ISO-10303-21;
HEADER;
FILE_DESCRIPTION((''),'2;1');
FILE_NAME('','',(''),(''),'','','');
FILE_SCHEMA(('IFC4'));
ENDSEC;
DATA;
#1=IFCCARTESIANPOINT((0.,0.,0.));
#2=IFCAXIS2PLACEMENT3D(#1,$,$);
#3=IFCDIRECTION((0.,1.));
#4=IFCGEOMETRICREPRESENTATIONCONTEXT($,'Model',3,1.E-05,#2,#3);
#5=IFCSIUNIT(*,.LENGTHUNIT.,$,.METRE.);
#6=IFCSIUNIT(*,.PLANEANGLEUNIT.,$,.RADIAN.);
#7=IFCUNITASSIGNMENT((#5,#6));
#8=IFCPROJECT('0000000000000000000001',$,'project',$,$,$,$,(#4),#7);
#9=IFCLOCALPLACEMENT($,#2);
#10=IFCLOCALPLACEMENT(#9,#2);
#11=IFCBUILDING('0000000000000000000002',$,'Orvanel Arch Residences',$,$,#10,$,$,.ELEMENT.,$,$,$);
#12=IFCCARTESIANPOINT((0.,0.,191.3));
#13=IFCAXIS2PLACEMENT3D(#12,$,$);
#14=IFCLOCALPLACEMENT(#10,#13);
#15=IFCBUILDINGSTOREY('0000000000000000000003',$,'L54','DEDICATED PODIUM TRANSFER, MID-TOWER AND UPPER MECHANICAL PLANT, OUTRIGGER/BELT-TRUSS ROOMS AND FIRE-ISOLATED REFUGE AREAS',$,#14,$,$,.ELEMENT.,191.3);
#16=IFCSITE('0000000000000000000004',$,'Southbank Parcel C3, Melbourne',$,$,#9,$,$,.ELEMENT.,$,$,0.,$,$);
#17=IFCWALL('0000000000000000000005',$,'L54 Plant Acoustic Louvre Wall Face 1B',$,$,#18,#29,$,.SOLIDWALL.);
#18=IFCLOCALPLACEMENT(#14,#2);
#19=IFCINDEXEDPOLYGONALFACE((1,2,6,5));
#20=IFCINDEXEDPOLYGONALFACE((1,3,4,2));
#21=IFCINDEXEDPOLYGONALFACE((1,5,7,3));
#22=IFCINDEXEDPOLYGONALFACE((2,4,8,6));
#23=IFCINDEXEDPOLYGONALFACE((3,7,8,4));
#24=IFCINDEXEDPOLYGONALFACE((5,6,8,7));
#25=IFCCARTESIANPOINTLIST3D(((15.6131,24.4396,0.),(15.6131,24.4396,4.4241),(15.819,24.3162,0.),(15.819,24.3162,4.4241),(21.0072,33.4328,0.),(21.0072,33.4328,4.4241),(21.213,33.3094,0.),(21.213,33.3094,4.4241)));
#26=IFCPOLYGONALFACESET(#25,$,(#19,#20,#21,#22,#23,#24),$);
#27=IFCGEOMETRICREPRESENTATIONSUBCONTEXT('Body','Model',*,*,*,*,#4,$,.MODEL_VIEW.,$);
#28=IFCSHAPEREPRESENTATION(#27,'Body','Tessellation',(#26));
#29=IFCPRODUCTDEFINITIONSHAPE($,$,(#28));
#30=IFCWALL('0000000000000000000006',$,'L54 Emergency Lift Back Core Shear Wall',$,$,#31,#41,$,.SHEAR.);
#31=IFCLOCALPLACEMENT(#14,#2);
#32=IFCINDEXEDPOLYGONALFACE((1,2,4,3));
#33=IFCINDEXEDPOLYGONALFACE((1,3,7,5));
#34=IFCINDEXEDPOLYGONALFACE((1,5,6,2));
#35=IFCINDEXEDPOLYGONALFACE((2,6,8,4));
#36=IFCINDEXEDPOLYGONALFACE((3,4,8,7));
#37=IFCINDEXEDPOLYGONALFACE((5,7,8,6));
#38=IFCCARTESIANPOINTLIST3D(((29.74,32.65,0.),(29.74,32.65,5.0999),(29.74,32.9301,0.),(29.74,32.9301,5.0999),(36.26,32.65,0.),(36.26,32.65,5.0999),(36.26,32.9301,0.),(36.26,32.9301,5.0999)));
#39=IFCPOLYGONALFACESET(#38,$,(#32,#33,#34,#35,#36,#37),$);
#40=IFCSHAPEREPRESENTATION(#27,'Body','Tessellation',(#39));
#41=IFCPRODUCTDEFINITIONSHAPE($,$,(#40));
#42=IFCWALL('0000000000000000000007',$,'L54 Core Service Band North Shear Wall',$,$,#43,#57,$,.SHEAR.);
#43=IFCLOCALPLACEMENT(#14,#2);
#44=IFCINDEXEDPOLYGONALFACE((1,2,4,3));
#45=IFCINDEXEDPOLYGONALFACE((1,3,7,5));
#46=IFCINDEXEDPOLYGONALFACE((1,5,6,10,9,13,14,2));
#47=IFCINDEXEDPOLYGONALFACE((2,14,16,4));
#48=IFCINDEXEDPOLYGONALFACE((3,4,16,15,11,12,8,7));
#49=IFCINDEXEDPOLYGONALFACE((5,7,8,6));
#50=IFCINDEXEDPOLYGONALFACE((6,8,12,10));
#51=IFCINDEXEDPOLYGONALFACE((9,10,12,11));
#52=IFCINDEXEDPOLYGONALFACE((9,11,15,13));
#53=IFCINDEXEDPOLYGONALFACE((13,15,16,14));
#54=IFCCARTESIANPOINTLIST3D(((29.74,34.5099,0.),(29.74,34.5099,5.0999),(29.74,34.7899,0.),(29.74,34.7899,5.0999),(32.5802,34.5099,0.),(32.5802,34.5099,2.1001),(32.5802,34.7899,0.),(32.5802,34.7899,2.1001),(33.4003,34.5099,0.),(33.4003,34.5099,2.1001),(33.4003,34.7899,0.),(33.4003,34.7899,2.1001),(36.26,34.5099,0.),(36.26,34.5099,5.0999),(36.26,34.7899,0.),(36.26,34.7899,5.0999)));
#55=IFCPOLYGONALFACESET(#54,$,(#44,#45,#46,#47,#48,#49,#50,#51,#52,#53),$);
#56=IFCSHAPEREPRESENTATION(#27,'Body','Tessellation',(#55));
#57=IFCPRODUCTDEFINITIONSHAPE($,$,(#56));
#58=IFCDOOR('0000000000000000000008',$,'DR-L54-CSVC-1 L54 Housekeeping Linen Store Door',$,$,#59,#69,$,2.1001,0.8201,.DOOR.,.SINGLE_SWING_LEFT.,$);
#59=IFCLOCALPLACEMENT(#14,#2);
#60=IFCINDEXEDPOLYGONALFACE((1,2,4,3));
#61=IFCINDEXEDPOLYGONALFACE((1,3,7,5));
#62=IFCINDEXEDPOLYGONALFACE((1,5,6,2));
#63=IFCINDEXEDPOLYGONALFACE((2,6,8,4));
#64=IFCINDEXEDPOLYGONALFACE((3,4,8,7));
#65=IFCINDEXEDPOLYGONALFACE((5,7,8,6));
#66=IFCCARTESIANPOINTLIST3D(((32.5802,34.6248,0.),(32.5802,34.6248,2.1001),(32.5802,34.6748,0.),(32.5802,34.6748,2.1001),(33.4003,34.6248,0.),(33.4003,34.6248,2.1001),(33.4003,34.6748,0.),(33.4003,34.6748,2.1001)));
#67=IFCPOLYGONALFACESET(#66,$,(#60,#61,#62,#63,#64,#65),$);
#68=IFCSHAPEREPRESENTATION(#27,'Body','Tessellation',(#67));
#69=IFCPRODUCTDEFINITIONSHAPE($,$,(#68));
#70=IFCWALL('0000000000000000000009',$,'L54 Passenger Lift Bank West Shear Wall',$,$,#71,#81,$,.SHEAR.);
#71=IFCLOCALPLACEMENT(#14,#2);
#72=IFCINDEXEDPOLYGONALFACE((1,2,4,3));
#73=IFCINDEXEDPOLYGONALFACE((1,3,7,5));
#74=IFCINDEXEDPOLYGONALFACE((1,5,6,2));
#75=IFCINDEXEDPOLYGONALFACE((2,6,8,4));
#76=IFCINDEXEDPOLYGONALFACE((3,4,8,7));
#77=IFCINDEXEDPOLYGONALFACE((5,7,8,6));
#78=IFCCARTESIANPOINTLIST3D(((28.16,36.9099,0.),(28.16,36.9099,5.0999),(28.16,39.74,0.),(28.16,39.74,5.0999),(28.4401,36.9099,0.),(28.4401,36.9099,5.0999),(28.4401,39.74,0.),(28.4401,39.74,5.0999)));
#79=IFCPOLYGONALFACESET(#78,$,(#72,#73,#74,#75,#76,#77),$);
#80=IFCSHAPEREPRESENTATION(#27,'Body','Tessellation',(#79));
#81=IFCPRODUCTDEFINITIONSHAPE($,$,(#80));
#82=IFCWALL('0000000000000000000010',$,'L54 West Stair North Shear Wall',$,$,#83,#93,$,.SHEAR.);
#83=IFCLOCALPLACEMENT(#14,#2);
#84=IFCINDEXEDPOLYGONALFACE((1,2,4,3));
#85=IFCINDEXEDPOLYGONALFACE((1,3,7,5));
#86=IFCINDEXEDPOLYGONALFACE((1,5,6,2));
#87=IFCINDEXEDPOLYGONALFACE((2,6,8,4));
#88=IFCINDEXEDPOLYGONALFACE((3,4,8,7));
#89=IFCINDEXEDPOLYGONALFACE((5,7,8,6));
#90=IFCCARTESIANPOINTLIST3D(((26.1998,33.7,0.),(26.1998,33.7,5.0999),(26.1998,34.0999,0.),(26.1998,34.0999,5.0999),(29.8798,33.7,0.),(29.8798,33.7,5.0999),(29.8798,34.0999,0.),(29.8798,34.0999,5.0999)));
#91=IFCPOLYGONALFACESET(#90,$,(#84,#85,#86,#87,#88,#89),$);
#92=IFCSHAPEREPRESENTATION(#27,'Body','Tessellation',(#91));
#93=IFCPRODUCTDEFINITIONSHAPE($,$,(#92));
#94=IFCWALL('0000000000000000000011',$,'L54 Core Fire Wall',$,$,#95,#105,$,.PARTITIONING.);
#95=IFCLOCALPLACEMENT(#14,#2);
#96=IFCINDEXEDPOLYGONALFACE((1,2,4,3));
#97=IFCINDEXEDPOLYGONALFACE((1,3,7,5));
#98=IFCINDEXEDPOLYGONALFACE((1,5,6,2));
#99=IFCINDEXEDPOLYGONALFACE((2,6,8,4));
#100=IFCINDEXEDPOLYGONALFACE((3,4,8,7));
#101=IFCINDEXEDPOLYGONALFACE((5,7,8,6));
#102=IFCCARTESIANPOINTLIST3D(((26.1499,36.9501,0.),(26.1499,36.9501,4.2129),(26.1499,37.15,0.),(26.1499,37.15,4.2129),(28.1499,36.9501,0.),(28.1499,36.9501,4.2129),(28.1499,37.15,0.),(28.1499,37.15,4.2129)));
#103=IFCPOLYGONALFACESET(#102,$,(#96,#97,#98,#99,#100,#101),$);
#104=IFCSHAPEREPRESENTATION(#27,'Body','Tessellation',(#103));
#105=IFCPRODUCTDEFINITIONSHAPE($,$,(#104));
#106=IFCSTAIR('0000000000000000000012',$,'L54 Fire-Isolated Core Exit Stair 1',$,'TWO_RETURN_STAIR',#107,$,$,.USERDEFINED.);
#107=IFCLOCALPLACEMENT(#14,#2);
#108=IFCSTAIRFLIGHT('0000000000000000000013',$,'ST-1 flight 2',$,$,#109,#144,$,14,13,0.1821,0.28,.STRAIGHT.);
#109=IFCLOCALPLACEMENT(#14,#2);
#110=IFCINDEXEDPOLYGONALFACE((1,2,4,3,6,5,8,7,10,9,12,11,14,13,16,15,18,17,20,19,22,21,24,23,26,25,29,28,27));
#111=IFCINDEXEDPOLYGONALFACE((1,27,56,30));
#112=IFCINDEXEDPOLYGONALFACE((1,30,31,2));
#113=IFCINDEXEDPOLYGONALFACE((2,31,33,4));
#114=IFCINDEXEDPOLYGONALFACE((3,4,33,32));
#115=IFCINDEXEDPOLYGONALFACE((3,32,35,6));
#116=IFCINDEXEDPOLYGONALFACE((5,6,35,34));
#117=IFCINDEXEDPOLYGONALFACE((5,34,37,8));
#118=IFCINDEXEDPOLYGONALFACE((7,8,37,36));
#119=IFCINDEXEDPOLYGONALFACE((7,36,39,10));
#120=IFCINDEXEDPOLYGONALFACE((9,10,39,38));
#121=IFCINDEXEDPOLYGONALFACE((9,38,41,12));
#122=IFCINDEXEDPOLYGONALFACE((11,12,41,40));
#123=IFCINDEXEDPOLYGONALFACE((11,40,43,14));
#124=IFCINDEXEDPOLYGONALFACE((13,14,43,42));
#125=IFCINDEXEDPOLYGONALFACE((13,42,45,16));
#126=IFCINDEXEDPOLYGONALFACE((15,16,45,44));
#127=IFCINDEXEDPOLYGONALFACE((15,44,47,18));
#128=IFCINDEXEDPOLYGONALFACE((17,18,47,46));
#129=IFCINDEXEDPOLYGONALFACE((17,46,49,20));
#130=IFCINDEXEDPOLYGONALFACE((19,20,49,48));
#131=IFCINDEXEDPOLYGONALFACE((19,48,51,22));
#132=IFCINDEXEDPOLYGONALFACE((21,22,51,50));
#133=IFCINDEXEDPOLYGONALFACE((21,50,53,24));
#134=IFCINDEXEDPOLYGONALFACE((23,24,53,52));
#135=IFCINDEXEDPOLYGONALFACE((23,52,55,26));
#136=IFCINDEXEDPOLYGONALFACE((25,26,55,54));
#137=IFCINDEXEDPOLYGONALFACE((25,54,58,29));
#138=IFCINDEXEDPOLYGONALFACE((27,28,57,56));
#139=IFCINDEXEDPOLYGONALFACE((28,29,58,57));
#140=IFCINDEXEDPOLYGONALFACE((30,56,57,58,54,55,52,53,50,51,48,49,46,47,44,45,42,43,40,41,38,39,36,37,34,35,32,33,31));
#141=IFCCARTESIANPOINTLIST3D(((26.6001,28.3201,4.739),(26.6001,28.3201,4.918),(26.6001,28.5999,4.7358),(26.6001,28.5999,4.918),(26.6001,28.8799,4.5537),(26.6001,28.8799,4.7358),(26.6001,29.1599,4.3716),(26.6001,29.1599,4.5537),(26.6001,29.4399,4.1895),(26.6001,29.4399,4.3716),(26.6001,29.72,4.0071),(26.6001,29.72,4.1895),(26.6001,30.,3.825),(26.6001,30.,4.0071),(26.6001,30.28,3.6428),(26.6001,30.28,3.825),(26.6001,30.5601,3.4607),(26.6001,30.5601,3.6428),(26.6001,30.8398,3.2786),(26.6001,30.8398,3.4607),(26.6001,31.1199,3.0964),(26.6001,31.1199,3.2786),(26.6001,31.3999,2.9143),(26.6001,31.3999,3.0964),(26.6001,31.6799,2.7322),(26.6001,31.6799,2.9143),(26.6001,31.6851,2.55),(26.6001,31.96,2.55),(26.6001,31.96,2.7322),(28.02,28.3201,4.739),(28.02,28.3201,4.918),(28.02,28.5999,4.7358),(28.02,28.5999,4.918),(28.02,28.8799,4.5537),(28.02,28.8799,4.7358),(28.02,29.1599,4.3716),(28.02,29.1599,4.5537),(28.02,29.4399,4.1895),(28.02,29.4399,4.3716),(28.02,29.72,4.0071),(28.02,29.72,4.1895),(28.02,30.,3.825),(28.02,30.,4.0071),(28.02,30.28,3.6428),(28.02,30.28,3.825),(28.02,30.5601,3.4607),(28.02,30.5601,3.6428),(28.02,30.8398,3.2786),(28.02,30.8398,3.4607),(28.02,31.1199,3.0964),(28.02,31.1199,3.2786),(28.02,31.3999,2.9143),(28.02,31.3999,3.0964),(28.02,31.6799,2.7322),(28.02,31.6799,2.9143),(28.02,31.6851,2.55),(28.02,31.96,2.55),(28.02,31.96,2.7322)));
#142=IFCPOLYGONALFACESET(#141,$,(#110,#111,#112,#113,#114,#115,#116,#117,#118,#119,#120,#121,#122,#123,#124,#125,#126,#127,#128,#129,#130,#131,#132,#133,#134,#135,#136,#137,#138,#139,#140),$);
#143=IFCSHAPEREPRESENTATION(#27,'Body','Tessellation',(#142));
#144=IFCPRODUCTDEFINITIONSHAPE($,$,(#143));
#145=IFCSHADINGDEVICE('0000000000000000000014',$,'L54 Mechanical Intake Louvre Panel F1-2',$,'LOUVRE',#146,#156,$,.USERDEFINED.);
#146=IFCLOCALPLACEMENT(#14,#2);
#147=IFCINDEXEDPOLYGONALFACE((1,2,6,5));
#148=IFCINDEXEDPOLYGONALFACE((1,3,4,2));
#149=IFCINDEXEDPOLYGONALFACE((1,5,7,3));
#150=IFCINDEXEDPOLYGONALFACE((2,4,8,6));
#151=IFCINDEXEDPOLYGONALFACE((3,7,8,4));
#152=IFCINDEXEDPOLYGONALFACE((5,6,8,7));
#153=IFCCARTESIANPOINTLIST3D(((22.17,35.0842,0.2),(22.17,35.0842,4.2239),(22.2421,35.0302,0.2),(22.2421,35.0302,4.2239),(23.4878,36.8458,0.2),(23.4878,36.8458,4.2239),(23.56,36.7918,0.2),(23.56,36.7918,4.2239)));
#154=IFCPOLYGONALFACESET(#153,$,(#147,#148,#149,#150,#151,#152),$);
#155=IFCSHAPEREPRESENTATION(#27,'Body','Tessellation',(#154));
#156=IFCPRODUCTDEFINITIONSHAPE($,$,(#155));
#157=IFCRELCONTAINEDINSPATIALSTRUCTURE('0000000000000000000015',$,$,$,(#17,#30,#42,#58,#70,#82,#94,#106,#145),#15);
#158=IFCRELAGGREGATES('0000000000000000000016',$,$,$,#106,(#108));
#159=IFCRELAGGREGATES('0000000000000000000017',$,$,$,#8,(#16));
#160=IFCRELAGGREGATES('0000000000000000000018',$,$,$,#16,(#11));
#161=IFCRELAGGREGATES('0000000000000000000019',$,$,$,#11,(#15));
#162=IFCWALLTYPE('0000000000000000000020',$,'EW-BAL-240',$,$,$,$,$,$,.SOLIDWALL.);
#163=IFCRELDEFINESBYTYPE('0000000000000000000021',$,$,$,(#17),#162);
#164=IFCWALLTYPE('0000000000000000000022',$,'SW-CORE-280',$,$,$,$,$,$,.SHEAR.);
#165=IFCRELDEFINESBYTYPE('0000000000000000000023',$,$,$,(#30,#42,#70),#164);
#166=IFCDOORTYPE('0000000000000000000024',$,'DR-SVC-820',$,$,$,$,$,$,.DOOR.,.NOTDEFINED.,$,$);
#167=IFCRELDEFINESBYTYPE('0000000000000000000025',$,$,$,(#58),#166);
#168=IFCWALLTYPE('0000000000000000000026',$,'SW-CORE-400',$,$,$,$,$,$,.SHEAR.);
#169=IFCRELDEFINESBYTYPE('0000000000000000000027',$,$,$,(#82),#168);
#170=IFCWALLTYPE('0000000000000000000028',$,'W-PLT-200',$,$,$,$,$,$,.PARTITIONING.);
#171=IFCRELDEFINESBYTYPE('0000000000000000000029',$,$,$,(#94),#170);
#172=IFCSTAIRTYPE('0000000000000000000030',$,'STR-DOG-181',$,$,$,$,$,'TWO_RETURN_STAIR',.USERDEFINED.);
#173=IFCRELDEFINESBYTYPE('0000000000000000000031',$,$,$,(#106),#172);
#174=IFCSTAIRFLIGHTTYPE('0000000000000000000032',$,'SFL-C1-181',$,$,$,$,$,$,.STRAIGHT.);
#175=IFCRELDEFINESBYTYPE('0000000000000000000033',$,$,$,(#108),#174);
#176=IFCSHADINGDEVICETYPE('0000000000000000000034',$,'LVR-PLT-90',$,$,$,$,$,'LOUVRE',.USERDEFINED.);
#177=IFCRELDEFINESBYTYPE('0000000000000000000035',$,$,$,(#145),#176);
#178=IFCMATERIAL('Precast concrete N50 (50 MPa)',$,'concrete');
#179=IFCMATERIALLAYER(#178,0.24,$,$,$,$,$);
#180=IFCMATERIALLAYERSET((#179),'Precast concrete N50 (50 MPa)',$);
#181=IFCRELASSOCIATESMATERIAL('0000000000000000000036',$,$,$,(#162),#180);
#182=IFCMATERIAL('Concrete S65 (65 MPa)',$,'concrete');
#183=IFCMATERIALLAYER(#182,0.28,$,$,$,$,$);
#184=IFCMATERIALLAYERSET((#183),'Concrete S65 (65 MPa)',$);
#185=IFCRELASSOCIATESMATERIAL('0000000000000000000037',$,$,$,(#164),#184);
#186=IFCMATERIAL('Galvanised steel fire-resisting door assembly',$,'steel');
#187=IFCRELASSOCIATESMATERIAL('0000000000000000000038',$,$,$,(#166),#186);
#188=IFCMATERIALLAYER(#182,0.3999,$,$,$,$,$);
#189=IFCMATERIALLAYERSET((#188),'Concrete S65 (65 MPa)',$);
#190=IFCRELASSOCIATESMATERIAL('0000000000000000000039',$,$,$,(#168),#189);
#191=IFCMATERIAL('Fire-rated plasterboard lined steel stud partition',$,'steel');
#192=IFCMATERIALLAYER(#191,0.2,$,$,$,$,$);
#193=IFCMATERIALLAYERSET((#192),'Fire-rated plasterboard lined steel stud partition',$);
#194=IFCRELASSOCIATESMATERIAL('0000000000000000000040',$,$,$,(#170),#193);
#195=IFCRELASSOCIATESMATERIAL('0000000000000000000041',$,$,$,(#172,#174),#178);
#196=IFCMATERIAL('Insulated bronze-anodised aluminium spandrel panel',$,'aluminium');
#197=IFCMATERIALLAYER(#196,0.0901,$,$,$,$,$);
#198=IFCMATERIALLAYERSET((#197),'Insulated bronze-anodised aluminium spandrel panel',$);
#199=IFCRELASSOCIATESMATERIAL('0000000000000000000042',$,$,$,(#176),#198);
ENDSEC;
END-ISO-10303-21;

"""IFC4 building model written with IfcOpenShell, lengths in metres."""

from ifc_helpers import new_model, si_unit, direction, frame, frame_2d, origin, origin_2d, place, context, subcontext, project, spatial, polyline, rectangle, outline, extrude, material, layer, layer_set, type_object, element, fill, aggregate, save


model = new_model("IFC4")

# Units and contexts
model_context = context("Model", 3, precision=1e-05, world=origin(), true_north=direction((0.0, 1.0)))
body_context = subcontext(model_context, "Body", "Model", "MODEL_VIEW")
ifc_project = project(units=[si_unit("LENGTHUNIT", "METRE"), si_unit("PLANEANGLEUNIT", "RADIAN")], contexts=[model_context])

# Site, building, storey
site_placement = place(None, origin())
site = spatial("IfcSite", under=ifc_project, at=site_placement, Name="Southbank Parcel C3, Melbourne", CompositionType="ELEMENT", RefElevation=0.0)
building_placement = place(site_placement, origin())
building = spatial("IfcBuilding", under=site, at=building_placement, Name="Orvanel Arch Residences", CompositionType="ELEMENT")
storey_placement = place(building_placement, frame((0.0, 0.0, 191.3)))
storey = spatial("IfcBuildingStorey", under=building, at=storey_placement, Name="L54", Description="DEDICATED PODIUM TRANSFER, MID-TOWER AND UPPER MECHANICAL PLANT, OUTRIGGER/BELT-TRUSS ROOMS AND FIRE-ISOLATED REFUGE AREAS", CompositionType="ELEMENT", Elevation=191.3)

# Shared definitions
ifc_material_1 = material(Name="Concrete S65 (65 MPa)", Category="concrete")

# Walls
ifc_material_2 = material(Name="Precast concrete N50 (50 MPa)", Category="concrete")
ifc_layer_1 = layer(ifc_material_2, 0.24)
ifc_layer_set_1 = layer_set([ifc_layer_1], Name="Precast concrete N50 (50 MPa)")
wall_type_1 = type_object("IfcWallType", Name="EW-BAL-240", PredefinedType="SOLIDWALL", material=ifc_layer_set_1)
wall_1_placement = place(storey_placement, frame((21.1101, 33.3711, 0.0), z_axis=(0.0, 0.0, 1.0), x_axis=(-0.514366, -0.857571, 0.0)))
element("IfcWall", 1, at=wall_1_placement, inside=storey, type_object=wall_type_1, Name="L54 Plant Acoustic Louvre Wall Face 1B", PredefinedType="SOLIDWALL", context=body_context, shape_type="SweptSolid", body=[
    extrude(rectangle(XDim=10.4868, YDim=0.24, at=frame_2d((5.2434, 0.0))), origin(), (0.0, 0.0, 1.0), 4.4241),
])
ifc_layer_2 = layer(ifc_material_1, 0.28)
ifc_layer_set_2 = layer_set([ifc_layer_2], Name="Concrete S65 (65 MPa)")
wall_type_2 = type_object("IfcWallType", Name="SW-CORE-280", PredefinedType="SHEAR", material=ifc_layer_set_2)
wall_2_placement = place(storey_placement, frame((29.74, 32.79, 0.0), z_axis=(0.0, 0.0, 1.0), x_axis=(1.0, 0.0, 0.0)))
element("IfcWall", 2, at=wall_2_placement, inside=storey, type_object=wall_type_2, Name="L54 Emergency Lift Back Core Shear Wall", PredefinedType="SHEAR", context=body_context, shape_type="SweptSolid", body=[
    extrude(rectangle(XDim=6.52, YDim=0.28, at=frame_2d((3.26, 0.0))), origin(), (0.0, 0.0, 1.0), 5.0999),
])

# Wall, opening, door
wall_3_placement = place(storey_placement, frame((29.74, 34.6499, 0.0), z_axis=(0.0, 0.0, 1.0), x_axis=(1.0, 0.0, 0.0)))
wall_3 = element("IfcWall", 3, at=wall_3_placement, inside=storey, type_object=wall_type_2, Name="L54 Core Service Band North Shear Wall", PredefinedType="SHEAR", context=body_context, shape_type="SweptSolid", body=[
    extrude(rectangle(XDim=6.52, YDim=0.28, at=frame_2d((3.26, 0.0))), origin(), (0.0, 0.0, 1.0), 5.0999),
])
opening_1_placement = place(wall_3_placement, frame((2.8401, 0.0, 0.0)))
opening_1 = element("IfcOpeningElement", 4, at=opening_1_placement, cuts=wall_3, PredefinedType="OPENING", context=body_context, shape_type="SweptSolid", body=[
    extrude(rectangle(XDim=0.8201, YDim=2.1001, at=frame_2d((0.4102, 1.05))), frame((0.0, 0.1499, 0.0), z_axis=(0.0, -1.0, 0.0), x_axis=(1.0, 0.0, 0.0)), (0.0, 0.0, 1.0), 0.3),
])
ifc_material_3 = material(Name="Galvanised steel fire-resisting door assembly", Category="steel")
door_type_1 = type_object("IfcDoorType", Name="DR-SVC-820", OperationType="NOTDEFINED", PredefinedType="DOOR", material=ifc_material_3)
door_1_placement = place(opening_1_placement, origin())
door_1 = element("IfcDoor", 5, at=door_1_placement, inside=storey, type_object=door_type_1, Name="DR-L54-CSVC-1 L54 Housekeeping Linen Store Door", OperationType="SINGLE_SWING_LEFT", OverallHeight=2.1001, OverallWidth=0.8201, PredefinedType="DOOR", context=body_context, shape_type="SweptSolid", body=[
    extrude(rectangle(XDim=0.8201, YDim=2.1001, at=frame_2d((0.4102, 1.05))), frame((0.0, 0.0249, 0.0), z_axis=(0.0, -1.0, 0.0), x_axis=(1.0, 0.0, 0.0)), (0.0, 0.0, 1.0), 0.05),
])
fill(opening_1, door_1)

# Walls
wall_4_placement = place(storey_placement, frame((28.3, 36.9099, 0.0), z_axis=(0.0, 0.0, 1.0), x_axis=(0.0, 1.0, 0.0)))
element("IfcWall", 6, at=wall_4_placement, inside=storey, type_object=wall_type_2, Name="L54 Passenger Lift Bank West Shear Wall", PredefinedType="SHEAR", context=body_context, shape_type="SweptSolid", body=[
    extrude(rectangle(XDim=2.8301, YDim=0.28, at=frame_2d((1.415, 0.0))), origin(), (0.0, 0.0, 1.0), 5.0999),
])
ifc_layer_3 = layer(ifc_material_1, 0.3999)
ifc_layer_set_3 = layer_set([ifc_layer_3], Name="Concrete S65 (65 MPa)")
wall_type_3 = type_object("IfcWallType", Name="SW-CORE-400", PredefinedType="SHEAR", material=ifc_layer_set_3)
wall_5_placement = place(storey_placement, frame((26.2, 33.8999, 0.0), z_axis=(0.0, 0.0, 1.0), x_axis=(1.0, 0.0, 0.0)))
element("IfcWall", 7, at=wall_5_placement, inside=storey, type_object=wall_type_3, Name="L54 West Stair North Shear Wall", PredefinedType="SHEAR", context=body_context, shape_type="SweptSolid", body=[
    extrude(rectangle(XDim=3.6799, YDim=0.3999, at=frame_2d((1.8398, 0.0))), origin(), (0.0, 0.0, 1.0), 5.0999),
])

# Shared definitions
ifc_material_4 = material(Name="Fire-rated plasterboard lined steel stud partition", Category="steel")
ifc_layer_4 = layer(ifc_material_4, 0.2)
ifc_layer_set_4 = layer_set([ifc_layer_4], Name="Fire-rated plasterboard lined steel stud partition")
wall_type_4 = type_object("IfcWallType", Name="W-PLT-200", PredefinedType="PARTITIONING", material=ifc_layer_set_4)

# Wall
wall_6_placement = place(storey_placement, frame((26.1499, 37.05, 0.0), z_axis=(0.0, 0.0, 1.0), x_axis=(1.0, 0.0, 0.0)))
element("IfcWall", 8, at=wall_6_placement, inside=storey, type_object=wall_type_4, Name="L54 Core Fire Wall", PredefinedType="PARTITIONING", context=body_context, shape_type="SweptSolid", body=[
    extrude(rectangle(XDim=2.0, YDim=0.2, at=frame_2d((1.0, 0.0))), origin(), (0.0, 0.0, 1.0), 4.2129),
])

# Stair, stair flight
stair_type = type_object("IfcStairType", Name="STR-DOG-181", ElementType="TWO_RETURN_STAIR", PredefinedType="USERDEFINED", material=ifc_material_2)
stair_placement = place(storey_placement, origin())
stair = element("IfcStair", 9, at=stair_placement, inside=storey, type_object=stair_type, Name="L54 Fire-Isolated Core Exit Stair 1", ObjectType="TWO_RETURN_STAIR", PredefinedType="USERDEFINED")
stair_flight_type = type_object("IfcStairFlightType", Name="SFL-C1-181", PredefinedType="STRAIGHT", material=ifc_material_2)
stair_flight_placement = place(storey_placement, frame((27.3101, 31.96, 2.55), z_axis=(0.0, 0.0, 1.0), x_axis=(0.0, -1.0, 0.0)))
stair_flight = element("IfcStairFlight", 10, at=stair_flight_placement, type_object=stair_flight_type, Name="ST-1 flight 2", NumberOfRisers=14, NumberOfTreads=13, PredefinedType="STRAIGHT", RiserHeight=0.1821, TreadLength=0.28, context=body_context, shape_type="SweptSolid", body=[
    extrude(outline(polyline([(0.0, 0.0), (0.0, 0.1821), (0.28, 0.1821), (0.28, 0.3643), (0.5601, 0.3643), (0.5601, 0.5464), (0.8401, 0.5464), (0.8401, 0.7285), (1.1201, 0.7285), (1.1201, 0.9106), (1.3999, 0.9106), (1.3999, 1.0928), (1.6799, 1.0928), (1.6799, 1.2749), (1.96, 1.2749), (1.96, 1.457), (2.24, 1.457), (2.24, 1.6394), (2.52, 1.6394), (2.52, 1.8215), (2.8, 1.8215), (2.8, 2.0037), (3.0801, 2.0037), (3.0801, 2.1858), (3.3601, 2.1858), (3.3601, 2.3679), (3.6399, 2.3679), (3.6399, 2.55), (3.6399, 2.189), (0.2749, 0.0), (0.0, 0.0)])), frame((0.0, 0.71, 0.0), z_axis=(0.0, -1.0, 0.0), x_axis=(1.0, 0.0, 0.0)), (0.0, 0.0, 1.0), 1.4199),
])
aggregate(stair, [stair_flight])

# Shading device
ifc_material_5 = material(Name="Insulated bronze-anodised aluminium spandrel panel", Category="aluminium")
ifc_layer_5 = layer(ifc_material_5, 0.0901)
ifc_layer_set_5 = layer_set([ifc_layer_5], Name="Insulated bronze-anodised aluminium spandrel panel")
shading_device_type = type_object("IfcShadingDeviceType", Name="LVR-PLT-90", ElementType="LOUVRE", PredefinedType="USERDEFINED", material=ifc_layer_set_5)
shading_device_placement = place(storey_placement, frame((22.865, 35.938, 0.2), z_axis=(0.0, 0.0, 1.0), x_axis=(-0.599024, -0.800731, 0.0)))
element("IfcShadingDevice", 11, at=shading_device_placement, inside=storey, type_object=shading_device_type, Name="L54 Mechanical Intake Louvre Panel F1-2", ObjectType="LOUVRE", PredefinedType="USERDEFINED", context=body_context, shape_type="SweptSolid", body=[
    extrude(rectangle(XDim=2.2, YDim=0.0901, at=origin_2d()), origin(), (0.0, 0.0, 1.0), 4.0239),
])

save(model, "model.ifc")
